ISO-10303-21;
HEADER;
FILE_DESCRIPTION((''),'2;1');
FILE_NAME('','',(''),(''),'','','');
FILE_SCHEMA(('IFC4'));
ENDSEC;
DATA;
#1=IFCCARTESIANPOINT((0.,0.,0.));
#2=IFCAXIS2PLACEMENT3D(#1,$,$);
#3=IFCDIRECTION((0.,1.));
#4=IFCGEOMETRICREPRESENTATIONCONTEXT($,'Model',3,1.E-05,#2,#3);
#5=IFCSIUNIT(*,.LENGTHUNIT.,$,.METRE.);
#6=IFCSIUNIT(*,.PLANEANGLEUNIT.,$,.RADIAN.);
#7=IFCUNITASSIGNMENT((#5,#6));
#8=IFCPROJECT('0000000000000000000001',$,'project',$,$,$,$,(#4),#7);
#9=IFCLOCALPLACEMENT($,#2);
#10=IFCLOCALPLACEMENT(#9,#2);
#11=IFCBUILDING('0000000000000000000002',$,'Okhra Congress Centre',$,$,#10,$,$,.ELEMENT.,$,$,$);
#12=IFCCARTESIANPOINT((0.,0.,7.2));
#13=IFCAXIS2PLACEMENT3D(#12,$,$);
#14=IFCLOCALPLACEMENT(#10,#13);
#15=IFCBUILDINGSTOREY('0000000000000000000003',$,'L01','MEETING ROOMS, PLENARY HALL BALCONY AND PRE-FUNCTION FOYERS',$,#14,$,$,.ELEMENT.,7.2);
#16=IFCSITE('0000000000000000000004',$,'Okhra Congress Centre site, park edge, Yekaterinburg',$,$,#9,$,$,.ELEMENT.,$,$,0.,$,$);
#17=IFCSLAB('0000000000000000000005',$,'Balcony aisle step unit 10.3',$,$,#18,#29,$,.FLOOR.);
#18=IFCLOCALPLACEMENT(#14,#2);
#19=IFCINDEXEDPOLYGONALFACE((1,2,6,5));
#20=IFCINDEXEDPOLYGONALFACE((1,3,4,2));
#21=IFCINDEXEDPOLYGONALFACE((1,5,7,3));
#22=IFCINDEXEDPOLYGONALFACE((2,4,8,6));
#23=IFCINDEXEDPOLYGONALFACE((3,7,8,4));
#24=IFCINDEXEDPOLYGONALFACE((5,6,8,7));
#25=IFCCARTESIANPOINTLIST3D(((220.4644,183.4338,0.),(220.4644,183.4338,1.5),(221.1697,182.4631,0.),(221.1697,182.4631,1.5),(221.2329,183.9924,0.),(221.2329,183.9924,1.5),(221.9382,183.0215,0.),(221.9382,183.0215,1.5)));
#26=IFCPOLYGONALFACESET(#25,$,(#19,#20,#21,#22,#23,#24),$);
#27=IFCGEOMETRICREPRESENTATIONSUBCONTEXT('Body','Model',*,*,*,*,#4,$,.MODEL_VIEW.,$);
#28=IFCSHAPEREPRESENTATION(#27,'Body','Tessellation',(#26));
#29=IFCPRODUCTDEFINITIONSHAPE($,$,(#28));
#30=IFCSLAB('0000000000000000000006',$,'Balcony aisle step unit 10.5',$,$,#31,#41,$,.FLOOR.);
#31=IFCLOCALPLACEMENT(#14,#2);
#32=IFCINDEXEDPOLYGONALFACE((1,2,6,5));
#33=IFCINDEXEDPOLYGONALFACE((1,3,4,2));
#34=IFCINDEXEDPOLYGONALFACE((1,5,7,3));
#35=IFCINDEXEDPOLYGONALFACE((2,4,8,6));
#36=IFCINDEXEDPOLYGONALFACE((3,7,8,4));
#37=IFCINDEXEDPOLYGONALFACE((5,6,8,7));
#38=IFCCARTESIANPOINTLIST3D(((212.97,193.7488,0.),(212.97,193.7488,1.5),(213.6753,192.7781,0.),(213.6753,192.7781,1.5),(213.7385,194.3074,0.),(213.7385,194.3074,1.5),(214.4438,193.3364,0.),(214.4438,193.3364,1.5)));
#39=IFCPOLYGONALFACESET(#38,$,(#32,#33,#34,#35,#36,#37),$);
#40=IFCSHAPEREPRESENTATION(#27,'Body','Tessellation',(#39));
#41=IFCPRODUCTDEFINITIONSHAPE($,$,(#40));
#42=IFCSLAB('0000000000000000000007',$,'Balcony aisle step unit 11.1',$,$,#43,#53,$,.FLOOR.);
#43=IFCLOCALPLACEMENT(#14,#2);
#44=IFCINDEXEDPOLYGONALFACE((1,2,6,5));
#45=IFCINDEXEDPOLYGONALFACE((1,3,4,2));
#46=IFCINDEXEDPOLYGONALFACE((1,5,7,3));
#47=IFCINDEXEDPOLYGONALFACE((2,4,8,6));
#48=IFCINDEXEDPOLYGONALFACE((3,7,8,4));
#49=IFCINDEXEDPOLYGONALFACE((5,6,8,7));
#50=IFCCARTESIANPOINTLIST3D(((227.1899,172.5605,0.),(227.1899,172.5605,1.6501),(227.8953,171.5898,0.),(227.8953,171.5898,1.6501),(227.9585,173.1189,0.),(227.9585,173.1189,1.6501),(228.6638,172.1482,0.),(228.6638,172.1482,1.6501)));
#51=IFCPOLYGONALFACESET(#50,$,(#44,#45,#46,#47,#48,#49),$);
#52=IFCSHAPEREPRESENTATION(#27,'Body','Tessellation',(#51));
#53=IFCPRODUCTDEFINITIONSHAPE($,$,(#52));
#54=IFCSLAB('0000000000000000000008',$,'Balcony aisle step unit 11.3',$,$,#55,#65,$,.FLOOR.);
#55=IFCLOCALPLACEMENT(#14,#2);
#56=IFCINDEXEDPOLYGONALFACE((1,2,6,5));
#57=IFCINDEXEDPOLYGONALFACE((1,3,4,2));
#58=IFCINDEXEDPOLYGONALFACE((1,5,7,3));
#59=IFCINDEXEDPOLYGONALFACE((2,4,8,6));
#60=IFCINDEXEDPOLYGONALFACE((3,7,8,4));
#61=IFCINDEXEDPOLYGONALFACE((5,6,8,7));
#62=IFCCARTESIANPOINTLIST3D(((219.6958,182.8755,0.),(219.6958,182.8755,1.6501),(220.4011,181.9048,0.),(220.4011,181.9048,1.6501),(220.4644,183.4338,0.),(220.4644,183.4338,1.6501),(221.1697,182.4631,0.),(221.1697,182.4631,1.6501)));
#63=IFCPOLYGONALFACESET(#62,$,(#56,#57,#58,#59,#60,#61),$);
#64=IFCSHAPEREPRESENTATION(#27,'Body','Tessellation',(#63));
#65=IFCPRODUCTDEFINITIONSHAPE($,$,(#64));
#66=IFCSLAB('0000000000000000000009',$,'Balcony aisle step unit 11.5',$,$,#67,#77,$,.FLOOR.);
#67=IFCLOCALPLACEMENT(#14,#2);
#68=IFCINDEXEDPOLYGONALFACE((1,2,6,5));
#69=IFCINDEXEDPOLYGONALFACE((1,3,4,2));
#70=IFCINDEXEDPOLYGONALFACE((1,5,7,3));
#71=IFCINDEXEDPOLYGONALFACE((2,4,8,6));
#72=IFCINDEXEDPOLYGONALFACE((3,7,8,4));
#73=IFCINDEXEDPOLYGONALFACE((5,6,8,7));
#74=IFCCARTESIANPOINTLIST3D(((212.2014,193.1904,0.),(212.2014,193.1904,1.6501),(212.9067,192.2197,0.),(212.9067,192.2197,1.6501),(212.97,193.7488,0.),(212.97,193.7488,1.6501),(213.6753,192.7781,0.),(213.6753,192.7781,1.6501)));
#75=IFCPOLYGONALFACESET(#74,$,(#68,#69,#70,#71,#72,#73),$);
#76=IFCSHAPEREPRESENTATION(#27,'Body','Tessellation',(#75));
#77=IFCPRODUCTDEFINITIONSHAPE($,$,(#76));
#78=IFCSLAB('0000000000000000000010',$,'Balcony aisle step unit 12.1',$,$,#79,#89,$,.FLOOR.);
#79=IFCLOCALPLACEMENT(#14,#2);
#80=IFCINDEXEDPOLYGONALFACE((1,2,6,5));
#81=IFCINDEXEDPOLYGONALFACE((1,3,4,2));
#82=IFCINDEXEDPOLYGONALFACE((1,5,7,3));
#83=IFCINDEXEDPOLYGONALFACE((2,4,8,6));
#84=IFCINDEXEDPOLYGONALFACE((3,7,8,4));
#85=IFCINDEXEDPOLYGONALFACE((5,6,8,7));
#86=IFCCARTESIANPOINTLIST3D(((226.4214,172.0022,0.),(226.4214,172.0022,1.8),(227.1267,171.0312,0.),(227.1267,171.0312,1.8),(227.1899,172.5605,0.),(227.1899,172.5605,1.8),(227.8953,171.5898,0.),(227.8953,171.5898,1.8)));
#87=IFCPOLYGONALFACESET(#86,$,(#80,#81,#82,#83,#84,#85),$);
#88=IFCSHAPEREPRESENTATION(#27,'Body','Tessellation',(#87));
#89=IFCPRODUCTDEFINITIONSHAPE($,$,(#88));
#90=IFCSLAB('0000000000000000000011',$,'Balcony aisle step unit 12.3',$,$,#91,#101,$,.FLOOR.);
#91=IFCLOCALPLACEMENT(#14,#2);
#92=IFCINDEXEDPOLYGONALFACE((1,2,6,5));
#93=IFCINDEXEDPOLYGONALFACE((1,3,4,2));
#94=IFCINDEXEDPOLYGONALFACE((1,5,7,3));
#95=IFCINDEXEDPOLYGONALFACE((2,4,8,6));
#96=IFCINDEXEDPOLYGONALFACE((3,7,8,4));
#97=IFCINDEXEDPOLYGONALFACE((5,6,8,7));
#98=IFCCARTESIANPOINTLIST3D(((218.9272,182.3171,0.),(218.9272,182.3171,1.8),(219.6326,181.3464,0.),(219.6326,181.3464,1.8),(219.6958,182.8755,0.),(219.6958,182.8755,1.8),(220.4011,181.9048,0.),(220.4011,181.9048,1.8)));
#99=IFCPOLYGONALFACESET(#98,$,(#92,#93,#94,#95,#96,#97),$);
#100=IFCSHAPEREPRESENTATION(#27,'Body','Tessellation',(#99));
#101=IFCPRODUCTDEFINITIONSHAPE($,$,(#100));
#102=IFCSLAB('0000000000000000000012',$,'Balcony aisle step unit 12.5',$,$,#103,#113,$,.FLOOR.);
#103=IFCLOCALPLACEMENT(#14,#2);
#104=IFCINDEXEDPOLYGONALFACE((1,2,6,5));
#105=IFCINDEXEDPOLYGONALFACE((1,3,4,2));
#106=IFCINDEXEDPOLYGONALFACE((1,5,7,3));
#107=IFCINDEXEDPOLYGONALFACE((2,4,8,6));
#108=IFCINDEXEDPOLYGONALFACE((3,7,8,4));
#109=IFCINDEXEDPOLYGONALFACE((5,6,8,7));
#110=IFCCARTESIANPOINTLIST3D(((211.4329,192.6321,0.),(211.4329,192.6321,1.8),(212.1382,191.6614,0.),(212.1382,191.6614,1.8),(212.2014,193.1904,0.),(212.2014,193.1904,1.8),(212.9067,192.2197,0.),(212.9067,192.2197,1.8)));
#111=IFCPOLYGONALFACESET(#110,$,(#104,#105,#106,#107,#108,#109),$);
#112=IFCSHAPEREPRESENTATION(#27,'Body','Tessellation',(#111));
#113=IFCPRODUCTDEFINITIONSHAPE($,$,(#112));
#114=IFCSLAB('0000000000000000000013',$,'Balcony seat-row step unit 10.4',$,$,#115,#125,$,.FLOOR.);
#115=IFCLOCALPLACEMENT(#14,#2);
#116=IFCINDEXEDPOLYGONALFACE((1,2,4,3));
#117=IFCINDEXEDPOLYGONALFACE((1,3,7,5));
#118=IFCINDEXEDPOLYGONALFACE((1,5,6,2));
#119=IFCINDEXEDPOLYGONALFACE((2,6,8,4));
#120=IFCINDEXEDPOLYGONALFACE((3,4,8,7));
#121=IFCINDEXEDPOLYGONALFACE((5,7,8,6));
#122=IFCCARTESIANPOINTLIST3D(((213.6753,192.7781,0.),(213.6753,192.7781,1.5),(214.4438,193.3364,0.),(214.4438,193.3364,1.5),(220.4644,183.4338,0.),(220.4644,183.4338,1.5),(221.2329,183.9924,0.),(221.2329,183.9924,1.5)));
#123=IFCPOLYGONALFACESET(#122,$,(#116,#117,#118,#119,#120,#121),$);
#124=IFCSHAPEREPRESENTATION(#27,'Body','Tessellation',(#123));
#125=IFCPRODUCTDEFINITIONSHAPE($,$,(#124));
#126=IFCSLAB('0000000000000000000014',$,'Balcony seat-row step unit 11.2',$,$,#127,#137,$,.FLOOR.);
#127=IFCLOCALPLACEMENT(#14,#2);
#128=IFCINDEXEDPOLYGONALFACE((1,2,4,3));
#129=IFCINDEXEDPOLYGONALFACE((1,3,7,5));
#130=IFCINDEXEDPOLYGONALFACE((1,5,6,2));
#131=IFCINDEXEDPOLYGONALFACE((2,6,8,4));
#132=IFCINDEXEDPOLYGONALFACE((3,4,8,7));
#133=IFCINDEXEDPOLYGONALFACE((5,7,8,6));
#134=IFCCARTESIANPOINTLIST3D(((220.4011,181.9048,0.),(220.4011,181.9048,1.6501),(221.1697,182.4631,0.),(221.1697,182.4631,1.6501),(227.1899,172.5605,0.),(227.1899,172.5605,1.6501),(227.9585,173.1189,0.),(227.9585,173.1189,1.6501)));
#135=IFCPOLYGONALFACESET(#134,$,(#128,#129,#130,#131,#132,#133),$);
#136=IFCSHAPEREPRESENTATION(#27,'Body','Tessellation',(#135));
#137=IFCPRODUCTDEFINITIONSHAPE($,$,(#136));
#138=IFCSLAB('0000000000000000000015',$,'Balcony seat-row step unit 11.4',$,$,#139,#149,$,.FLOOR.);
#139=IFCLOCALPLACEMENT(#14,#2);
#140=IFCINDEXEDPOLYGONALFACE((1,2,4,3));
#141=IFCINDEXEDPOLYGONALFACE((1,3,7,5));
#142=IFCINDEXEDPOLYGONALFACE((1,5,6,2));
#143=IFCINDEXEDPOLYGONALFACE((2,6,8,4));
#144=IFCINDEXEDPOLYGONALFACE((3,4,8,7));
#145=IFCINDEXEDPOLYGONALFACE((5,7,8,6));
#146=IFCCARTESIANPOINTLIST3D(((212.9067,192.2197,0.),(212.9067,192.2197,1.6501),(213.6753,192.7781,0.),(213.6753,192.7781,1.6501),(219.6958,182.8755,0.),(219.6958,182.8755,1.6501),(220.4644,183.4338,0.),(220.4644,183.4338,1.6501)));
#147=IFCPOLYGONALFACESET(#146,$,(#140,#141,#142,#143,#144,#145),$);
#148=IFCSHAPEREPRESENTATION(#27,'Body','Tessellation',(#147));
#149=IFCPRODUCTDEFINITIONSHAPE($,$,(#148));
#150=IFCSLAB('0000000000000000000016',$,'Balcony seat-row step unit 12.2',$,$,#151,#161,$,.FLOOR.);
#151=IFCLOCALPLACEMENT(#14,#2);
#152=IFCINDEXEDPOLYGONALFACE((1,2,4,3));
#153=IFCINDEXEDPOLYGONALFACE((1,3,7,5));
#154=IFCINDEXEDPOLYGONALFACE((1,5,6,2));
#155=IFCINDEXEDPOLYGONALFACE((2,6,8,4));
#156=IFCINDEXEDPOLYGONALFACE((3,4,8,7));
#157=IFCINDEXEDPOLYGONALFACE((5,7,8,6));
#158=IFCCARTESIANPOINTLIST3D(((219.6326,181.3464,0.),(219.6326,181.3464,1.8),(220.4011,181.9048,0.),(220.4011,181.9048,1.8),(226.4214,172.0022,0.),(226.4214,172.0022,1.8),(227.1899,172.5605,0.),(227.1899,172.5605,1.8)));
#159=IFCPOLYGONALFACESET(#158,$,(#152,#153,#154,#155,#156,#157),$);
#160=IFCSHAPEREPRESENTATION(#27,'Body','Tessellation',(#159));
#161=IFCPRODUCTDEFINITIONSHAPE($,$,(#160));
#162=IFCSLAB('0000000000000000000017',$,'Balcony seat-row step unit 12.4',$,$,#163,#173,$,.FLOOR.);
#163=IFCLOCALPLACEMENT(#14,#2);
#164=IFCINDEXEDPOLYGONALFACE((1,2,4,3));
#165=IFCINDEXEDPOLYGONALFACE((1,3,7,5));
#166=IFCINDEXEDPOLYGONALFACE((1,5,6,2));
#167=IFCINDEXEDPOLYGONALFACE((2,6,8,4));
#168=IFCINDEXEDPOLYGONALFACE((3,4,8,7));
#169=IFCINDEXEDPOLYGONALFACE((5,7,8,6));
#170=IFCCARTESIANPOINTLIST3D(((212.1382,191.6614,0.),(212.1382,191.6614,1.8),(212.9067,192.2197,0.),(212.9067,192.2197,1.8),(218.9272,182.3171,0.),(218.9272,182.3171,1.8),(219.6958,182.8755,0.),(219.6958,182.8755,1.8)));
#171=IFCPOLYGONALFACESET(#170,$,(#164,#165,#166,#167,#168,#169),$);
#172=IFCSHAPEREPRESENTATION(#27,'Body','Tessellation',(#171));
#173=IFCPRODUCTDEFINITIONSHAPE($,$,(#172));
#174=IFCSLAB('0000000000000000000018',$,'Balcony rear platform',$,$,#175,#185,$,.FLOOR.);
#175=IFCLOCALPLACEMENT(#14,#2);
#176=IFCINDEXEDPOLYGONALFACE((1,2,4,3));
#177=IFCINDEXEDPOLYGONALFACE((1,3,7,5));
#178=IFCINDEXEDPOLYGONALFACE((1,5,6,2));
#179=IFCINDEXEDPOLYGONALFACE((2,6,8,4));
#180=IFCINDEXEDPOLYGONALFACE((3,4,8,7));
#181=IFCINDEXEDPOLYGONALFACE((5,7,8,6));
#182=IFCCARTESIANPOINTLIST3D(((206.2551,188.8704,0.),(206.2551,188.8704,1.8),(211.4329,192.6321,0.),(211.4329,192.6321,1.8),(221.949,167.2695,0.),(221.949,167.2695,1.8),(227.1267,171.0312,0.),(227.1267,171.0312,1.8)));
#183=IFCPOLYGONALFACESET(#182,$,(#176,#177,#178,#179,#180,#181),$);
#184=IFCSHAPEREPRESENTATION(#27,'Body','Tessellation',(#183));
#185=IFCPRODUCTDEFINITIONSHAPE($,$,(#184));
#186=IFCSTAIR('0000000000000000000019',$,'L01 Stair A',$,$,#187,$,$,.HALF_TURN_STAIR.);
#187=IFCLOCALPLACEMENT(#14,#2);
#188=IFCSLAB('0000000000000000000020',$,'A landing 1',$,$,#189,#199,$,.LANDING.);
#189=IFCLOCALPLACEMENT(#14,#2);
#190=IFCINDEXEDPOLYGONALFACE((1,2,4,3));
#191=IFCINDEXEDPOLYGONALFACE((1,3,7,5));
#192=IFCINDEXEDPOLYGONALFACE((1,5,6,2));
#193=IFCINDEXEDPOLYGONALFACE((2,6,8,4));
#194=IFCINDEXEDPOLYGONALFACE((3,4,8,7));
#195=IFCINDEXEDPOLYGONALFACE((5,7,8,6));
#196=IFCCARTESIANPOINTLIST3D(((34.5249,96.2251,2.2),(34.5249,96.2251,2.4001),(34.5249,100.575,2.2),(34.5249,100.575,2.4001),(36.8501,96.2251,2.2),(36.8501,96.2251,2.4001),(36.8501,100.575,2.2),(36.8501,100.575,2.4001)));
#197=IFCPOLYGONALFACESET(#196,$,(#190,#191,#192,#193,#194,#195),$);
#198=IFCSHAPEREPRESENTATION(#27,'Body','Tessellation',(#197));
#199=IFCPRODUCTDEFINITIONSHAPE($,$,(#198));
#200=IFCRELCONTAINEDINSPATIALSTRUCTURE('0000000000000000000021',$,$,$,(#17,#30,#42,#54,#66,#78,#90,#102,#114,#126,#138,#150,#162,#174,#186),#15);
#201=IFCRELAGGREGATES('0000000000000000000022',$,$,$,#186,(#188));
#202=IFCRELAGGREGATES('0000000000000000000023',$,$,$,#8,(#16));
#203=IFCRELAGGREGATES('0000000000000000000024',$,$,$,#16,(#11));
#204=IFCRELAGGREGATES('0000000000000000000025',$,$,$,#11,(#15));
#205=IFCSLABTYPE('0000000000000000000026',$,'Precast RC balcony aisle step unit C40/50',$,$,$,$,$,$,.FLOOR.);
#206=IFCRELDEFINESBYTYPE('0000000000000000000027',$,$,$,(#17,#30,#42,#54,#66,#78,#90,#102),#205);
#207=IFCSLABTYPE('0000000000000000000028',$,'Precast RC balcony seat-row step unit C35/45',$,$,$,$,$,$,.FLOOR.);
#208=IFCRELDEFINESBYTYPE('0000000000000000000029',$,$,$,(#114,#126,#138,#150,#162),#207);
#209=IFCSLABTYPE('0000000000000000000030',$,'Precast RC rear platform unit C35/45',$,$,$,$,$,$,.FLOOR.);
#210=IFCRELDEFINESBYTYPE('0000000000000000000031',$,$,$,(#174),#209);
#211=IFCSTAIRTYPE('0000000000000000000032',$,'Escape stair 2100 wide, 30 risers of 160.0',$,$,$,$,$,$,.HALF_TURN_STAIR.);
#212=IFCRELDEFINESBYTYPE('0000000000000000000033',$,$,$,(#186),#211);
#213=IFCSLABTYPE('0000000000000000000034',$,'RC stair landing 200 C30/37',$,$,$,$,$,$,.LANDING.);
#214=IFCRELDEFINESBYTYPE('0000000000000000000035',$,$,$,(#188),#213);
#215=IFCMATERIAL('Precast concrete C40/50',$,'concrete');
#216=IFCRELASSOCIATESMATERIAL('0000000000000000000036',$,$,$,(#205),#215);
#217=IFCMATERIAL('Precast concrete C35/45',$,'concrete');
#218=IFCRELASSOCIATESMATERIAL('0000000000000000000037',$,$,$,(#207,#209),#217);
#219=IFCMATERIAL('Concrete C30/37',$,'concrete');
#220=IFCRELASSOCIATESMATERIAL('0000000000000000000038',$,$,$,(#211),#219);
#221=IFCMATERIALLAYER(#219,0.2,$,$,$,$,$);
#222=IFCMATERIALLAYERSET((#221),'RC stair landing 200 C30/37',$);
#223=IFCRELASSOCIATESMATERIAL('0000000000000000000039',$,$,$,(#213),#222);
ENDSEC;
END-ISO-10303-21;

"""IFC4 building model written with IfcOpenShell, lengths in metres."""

from ifc_helpers import new_model, si_unit, direction, frame, origin, place, context, subcontext, project, spatial, polyline, outline, extrude, material, layer, layer_set, type_object, element, aggregate, save


model = new_model("IFC4")

# Units and contexts
model_context = context("Model", 3, precision=1e-05, world=origin(), true_north=direction((0.0, 1.0)))
body_context = subcontext(model_context, "Body", "Model", "MODEL_VIEW")
ifc_project = project(units=[si_unit("LENGTHUNIT", "METRE"), si_unit("PLANEANGLEUNIT", "RADIAN")], contexts=[model_context])

# Site, building, storey
site_placement = place(None, origin())
site = spatial("IfcSite", under=ifc_project, at=site_placement, Name="Okhra Congress Centre site, park edge, Yekaterinburg", CompositionType="ELEMENT", RefElevation=0.0)
building_placement = place(site_placement, origin())
building = spatial("IfcBuilding", under=site, at=building_placement, Name="Okhra Congress Centre", CompositionType="ELEMENT")
storey_placement = place(building_placement, frame((0.0, 0.0, 7.2)))
storey = spatial("IfcBuildingStorey", under=building, at=storey_placement, Name="L01", Description="MEETING ROOMS, PLENARY HALL BALCONY AND PRE-FUNCTION FOYERS", CompositionType="ELEMENT", Elevation=7.2)

# Slabs
ifc_material_1 = material(Name="Precast concrete C40/50", Category="concrete")
slab_type_1 = type_object("IfcSlabType", Name="Precast RC balcony aisle step unit C40/50", PredefinedType="FLOOR", material=ifc_material_1)
slab_1_placement = place(storey_placement, origin())
element("IfcSlab", 1, at=slab_1_placement, inside=storey, type_object=slab_type_1, Name="Balcony aisle step unit 10.3", PredefinedType="FLOOR", context=body_context, shape_type="SweptSolid", body=[
    extrude(outline(polyline([(221.1697, 182.4631), (221.9382, 183.0215), (221.2329, 183.9924), (220.4644, 183.4338), (221.1697, 182.4631)])), origin(), (0.0, 0.0, 1.0), 1.5),
])
slab_2_placement = place(storey_placement, origin())
element("IfcSlab", 2, at=slab_2_placement, inside=storey, type_object=slab_type_1, Name="Balcony aisle step unit 10.5", PredefinedType="FLOOR", context=body_context, shape_type="SweptSolid", body=[
    extrude(outline(polyline([(213.6753, 192.7781), (214.4438, 193.3364), (213.7385, 194.3074), (212.97, 193.7488), (213.6753, 192.7781)])), origin(), (0.0, 0.0, 1.0), 1.5),
])
slab_3_placement = place(storey_placement, origin())
element("IfcSlab", 3, at=slab_3_placement, inside=storey, type_object=slab_type_1, Name="Balcony aisle step unit 11.1", PredefinedType="FLOOR", context=body_context, shape_type="SweptSolid", body=[
    extrude(outline(polyline([(227.8953, 171.5898), (228.6638, 172.1482), (227.9585, 173.1189), (227.1899, 172.5605), (227.8953, 171.5898)])), origin(), (0.0, 0.0, 1.0), 1.6501),
])
slab_4_placement = place(storey_placement, origin())
element("IfcSlab", 4, at=slab_4_placement, inside=storey, type_object=slab_type_1, Name="Balcony aisle step unit 11.3", PredefinedType="FLOOR", context=body_context, shape_type="SweptSolid", body=[
    extrude(outline(polyline([(220.4011, 181.9048), (221.1697, 182.4631), (220.4644, 183.4338), (219.6958, 182.8755), (220.4011, 181.9048)])), origin(), (0.0, 0.0, 1.0), 1.6501),
])
slab_5_placement = place(storey_placement, origin())
element("IfcSlab", 5, at=slab_5_placement, inside=storey, type_object=slab_type_1, Name="Balcony aisle step unit 11.5", PredefinedType="FLOOR", context=body_context, shape_type="SweptSolid", body=[
    extrude(outline(polyline([(212.9067, 192.2197), (213.6753, 192.7781), (212.97, 193.7488), (212.2014, 193.1904), (212.9067, 192.2197)])), origin(), (0.0, 0.0, 1.0), 1.6501),
])
slab_6_placement = place(storey_placement, origin())
element("IfcSlab", 6, at=slab_6_placement, inside=storey, type_object=slab_type_1, Name="Balcony aisle step unit 12.1", PredefinedType="FLOOR", context=body_context, shape_type="SweptSolid", body=[
    extrude(outline(polyline([(227.1267, 171.0312), (227.8953, 171.5898), (227.1899, 172.5605), (226.4214, 172.0022), (227.1267, 171.0312)])), origin(), (0.0, 0.0, 1.0), 1.8),
])
slab_7_placement = place(storey_placement, origin())
element("IfcSlab", 7, at=slab_7_placement, inside=storey, type_object=slab_type_1, Name="Balcony aisle step unit 12.3", PredefinedType="FLOOR", context=body_context, shape_type="SweptSolid", body=[
    extrude(outline(polyline([(219.6326, 181.3464), (220.4011, 181.9048), (219.6958, 182.8755), (218.9272, 182.3171), (219.6326, 181.3464)])), origin(), (0.0, 0.0, 1.0), 1.8),
])
slab_8_placement = place(storey_placement, origin())
element("IfcSlab", 8, at=slab_8_placement, inside=storey, type_object=slab_type_1, Name="Balcony aisle step unit 12.5", PredefinedType="FLOOR", context=body_context, shape_type="SweptSolid", body=[
    extrude(outline(polyline([(212.1382, 191.6614), (212.9067, 192.2197), (212.2014, 193.1904), (211.4329, 192.6321), (212.1382, 191.6614)])), origin(), (0.0, 0.0, 1.0), 1.8),
])
ifc_material_2 = material(Name="Precast concrete C35/45", Category="concrete")
slab_type_2 = type_object("IfcSlabType", Name="Precast RC balcony seat-row step unit C35/45", PredefinedType="FLOOR", material=ifc_material_2)
slab_9_placement = place(storey_placement, origin())
element("IfcSlab", 9, at=slab_9_placement, inside=storey, type_object=slab_type_2, Name="Balcony seat-row step unit 10.4", PredefinedType="FLOOR", context=body_context, shape_type="SweptSolid", body=[
    extrude(outline(polyline([(220.4644, 183.4338), (221.2329, 183.9924), (214.4438, 193.3364), (213.6753, 192.7781), (220.4644, 183.4338)])), origin(), (0.0, 0.0, 1.0), 1.5),
])
slab_10_placement = place(storey_placement, origin())
element("IfcSlab", 10, at=slab_10_placement, inside=storey, type_object=slab_type_2, Name="Balcony seat-row step unit 11.2", PredefinedType="FLOOR", context=body_context, shape_type="SweptSolid", body=[
    extrude(outline(polyline([(227.1899, 172.5605), (227.9585, 173.1189), (221.1697, 182.4631), (220.4011, 181.9048), (227.1899, 172.5605)])), origin(), (0.0, 0.0, 1.0), 1.6501),
])
slab_11_placement = place(storey_placement, origin())
element("IfcSlab", 11, at=slab_11_placement, inside=storey, type_object=slab_type_2, Name="Balcony seat-row step unit 11.4", PredefinedType="FLOOR", context=body_context, shape_type="SweptSolid", body=[
    extrude(outline(polyline([(219.6958, 182.8755), (220.4644, 183.4338), (213.6753, 192.7781), (212.9067, 192.2197), (219.6958, 182.8755)])), origin(), (0.0, 0.0, 1.0), 1.6501),
])
slab_12_placement = place(storey_placement, origin())
element("IfcSlab", 12, at=slab_12_placement, inside=storey, type_object=slab_type_2, Name="Balcony seat-row step unit 12.2", PredefinedType="FLOOR", context=body_context, shape_type="SweptSolid", body=[
    extrude(outline(polyline([(226.4214, 172.0022), (227.1899, 172.5605), (220.4011, 181.9048), (219.6326, 181.3464), (226.4214, 172.0022)])), origin(), (0.0, 0.0, 1.0), 1.8),
])
slab_13_placement = place(storey_placement, origin())
element("IfcSlab", 13, at=slab_13_placement, inside=storey, type_object=slab_type_2, Name="Balcony seat-row step unit 12.4", PredefinedType="FLOOR", context=body_context, shape_type="SweptSolid", body=[
    extrude(outline(polyline([(218.9272, 182.3171), (219.6958, 182.8755), (212.9067, 192.2197), (212.1382, 191.6614), (218.9272, 182.3171)])), origin(), (0.0, 0.0, 1.0), 1.8),
])
slab_type_3 = type_object("IfcSlabType", Name="Precast RC rear platform unit C35/45", PredefinedType="FLOOR", material=ifc_material_2)
slab_14_placement = place(storey_placement, origin())
element("IfcSlab", 14, at=slab_14_placement, inside=storey, type_object=slab_type_3, Name="Balcony rear platform", PredefinedType="FLOOR", context=body_context, shape_type="SweptSolid", body=[
    extrude(outline(polyline([(221.949, 167.2695), (227.1267, 171.0312), (211.4329, 192.6321), (206.2551, 188.8704), (221.949, 167.2695)])), origin(), (0.0, 0.0, 1.0), 1.8),
])

# Stair, slab
ifc_material_3 = material(Name="Concrete C30/37", Category="concrete")
stair_type_1 = type_object("IfcStairType", Name="Escape stair 2100 wide, 30 risers of 160.0", PredefinedType="HALF_TURN_STAIR", material=ifc_material_3)
stair_1_placement = place(storey_placement, origin())
stair_1 = element("IfcStair", 15, at=stair_1_placement, inside=storey, type_object=stair_type_1, Name="L01 Stair A", PredefinedType="HALF_TURN_STAIR")
ifc_layer = layer(ifc_material_3, 0.2)
ifc_layer_set = layer_set([ifc_layer], Name="RC stair landing 200 C30/37")
slab_type_4 = type_object("IfcSlabType", Name="RC stair landing 200 C30/37", PredefinedType="LANDING", material=ifc_layer_set)
slab_15_placement = place(storey_placement, frame((0.0, 0.0, 2.2)))
slab_15 = element("IfcSlab", 16, at=slab_15_placement, type_object=slab_type_4, Name="A landing 1", PredefinedType="LANDING", context=body_context, shape_type="SweptSolid", body=[
    extrude(outline(polyline([(34.5249, 96.2251), (36.8501, 96.2251), (36.8501, 100.575), (34.5249, 100.575), (34.5249, 96.2251)])), origin(), (0.0, 0.0, 1.0), 0.2002),
])
aggregate(stair_1, [slab_15])

save(model, "model.ifc")
